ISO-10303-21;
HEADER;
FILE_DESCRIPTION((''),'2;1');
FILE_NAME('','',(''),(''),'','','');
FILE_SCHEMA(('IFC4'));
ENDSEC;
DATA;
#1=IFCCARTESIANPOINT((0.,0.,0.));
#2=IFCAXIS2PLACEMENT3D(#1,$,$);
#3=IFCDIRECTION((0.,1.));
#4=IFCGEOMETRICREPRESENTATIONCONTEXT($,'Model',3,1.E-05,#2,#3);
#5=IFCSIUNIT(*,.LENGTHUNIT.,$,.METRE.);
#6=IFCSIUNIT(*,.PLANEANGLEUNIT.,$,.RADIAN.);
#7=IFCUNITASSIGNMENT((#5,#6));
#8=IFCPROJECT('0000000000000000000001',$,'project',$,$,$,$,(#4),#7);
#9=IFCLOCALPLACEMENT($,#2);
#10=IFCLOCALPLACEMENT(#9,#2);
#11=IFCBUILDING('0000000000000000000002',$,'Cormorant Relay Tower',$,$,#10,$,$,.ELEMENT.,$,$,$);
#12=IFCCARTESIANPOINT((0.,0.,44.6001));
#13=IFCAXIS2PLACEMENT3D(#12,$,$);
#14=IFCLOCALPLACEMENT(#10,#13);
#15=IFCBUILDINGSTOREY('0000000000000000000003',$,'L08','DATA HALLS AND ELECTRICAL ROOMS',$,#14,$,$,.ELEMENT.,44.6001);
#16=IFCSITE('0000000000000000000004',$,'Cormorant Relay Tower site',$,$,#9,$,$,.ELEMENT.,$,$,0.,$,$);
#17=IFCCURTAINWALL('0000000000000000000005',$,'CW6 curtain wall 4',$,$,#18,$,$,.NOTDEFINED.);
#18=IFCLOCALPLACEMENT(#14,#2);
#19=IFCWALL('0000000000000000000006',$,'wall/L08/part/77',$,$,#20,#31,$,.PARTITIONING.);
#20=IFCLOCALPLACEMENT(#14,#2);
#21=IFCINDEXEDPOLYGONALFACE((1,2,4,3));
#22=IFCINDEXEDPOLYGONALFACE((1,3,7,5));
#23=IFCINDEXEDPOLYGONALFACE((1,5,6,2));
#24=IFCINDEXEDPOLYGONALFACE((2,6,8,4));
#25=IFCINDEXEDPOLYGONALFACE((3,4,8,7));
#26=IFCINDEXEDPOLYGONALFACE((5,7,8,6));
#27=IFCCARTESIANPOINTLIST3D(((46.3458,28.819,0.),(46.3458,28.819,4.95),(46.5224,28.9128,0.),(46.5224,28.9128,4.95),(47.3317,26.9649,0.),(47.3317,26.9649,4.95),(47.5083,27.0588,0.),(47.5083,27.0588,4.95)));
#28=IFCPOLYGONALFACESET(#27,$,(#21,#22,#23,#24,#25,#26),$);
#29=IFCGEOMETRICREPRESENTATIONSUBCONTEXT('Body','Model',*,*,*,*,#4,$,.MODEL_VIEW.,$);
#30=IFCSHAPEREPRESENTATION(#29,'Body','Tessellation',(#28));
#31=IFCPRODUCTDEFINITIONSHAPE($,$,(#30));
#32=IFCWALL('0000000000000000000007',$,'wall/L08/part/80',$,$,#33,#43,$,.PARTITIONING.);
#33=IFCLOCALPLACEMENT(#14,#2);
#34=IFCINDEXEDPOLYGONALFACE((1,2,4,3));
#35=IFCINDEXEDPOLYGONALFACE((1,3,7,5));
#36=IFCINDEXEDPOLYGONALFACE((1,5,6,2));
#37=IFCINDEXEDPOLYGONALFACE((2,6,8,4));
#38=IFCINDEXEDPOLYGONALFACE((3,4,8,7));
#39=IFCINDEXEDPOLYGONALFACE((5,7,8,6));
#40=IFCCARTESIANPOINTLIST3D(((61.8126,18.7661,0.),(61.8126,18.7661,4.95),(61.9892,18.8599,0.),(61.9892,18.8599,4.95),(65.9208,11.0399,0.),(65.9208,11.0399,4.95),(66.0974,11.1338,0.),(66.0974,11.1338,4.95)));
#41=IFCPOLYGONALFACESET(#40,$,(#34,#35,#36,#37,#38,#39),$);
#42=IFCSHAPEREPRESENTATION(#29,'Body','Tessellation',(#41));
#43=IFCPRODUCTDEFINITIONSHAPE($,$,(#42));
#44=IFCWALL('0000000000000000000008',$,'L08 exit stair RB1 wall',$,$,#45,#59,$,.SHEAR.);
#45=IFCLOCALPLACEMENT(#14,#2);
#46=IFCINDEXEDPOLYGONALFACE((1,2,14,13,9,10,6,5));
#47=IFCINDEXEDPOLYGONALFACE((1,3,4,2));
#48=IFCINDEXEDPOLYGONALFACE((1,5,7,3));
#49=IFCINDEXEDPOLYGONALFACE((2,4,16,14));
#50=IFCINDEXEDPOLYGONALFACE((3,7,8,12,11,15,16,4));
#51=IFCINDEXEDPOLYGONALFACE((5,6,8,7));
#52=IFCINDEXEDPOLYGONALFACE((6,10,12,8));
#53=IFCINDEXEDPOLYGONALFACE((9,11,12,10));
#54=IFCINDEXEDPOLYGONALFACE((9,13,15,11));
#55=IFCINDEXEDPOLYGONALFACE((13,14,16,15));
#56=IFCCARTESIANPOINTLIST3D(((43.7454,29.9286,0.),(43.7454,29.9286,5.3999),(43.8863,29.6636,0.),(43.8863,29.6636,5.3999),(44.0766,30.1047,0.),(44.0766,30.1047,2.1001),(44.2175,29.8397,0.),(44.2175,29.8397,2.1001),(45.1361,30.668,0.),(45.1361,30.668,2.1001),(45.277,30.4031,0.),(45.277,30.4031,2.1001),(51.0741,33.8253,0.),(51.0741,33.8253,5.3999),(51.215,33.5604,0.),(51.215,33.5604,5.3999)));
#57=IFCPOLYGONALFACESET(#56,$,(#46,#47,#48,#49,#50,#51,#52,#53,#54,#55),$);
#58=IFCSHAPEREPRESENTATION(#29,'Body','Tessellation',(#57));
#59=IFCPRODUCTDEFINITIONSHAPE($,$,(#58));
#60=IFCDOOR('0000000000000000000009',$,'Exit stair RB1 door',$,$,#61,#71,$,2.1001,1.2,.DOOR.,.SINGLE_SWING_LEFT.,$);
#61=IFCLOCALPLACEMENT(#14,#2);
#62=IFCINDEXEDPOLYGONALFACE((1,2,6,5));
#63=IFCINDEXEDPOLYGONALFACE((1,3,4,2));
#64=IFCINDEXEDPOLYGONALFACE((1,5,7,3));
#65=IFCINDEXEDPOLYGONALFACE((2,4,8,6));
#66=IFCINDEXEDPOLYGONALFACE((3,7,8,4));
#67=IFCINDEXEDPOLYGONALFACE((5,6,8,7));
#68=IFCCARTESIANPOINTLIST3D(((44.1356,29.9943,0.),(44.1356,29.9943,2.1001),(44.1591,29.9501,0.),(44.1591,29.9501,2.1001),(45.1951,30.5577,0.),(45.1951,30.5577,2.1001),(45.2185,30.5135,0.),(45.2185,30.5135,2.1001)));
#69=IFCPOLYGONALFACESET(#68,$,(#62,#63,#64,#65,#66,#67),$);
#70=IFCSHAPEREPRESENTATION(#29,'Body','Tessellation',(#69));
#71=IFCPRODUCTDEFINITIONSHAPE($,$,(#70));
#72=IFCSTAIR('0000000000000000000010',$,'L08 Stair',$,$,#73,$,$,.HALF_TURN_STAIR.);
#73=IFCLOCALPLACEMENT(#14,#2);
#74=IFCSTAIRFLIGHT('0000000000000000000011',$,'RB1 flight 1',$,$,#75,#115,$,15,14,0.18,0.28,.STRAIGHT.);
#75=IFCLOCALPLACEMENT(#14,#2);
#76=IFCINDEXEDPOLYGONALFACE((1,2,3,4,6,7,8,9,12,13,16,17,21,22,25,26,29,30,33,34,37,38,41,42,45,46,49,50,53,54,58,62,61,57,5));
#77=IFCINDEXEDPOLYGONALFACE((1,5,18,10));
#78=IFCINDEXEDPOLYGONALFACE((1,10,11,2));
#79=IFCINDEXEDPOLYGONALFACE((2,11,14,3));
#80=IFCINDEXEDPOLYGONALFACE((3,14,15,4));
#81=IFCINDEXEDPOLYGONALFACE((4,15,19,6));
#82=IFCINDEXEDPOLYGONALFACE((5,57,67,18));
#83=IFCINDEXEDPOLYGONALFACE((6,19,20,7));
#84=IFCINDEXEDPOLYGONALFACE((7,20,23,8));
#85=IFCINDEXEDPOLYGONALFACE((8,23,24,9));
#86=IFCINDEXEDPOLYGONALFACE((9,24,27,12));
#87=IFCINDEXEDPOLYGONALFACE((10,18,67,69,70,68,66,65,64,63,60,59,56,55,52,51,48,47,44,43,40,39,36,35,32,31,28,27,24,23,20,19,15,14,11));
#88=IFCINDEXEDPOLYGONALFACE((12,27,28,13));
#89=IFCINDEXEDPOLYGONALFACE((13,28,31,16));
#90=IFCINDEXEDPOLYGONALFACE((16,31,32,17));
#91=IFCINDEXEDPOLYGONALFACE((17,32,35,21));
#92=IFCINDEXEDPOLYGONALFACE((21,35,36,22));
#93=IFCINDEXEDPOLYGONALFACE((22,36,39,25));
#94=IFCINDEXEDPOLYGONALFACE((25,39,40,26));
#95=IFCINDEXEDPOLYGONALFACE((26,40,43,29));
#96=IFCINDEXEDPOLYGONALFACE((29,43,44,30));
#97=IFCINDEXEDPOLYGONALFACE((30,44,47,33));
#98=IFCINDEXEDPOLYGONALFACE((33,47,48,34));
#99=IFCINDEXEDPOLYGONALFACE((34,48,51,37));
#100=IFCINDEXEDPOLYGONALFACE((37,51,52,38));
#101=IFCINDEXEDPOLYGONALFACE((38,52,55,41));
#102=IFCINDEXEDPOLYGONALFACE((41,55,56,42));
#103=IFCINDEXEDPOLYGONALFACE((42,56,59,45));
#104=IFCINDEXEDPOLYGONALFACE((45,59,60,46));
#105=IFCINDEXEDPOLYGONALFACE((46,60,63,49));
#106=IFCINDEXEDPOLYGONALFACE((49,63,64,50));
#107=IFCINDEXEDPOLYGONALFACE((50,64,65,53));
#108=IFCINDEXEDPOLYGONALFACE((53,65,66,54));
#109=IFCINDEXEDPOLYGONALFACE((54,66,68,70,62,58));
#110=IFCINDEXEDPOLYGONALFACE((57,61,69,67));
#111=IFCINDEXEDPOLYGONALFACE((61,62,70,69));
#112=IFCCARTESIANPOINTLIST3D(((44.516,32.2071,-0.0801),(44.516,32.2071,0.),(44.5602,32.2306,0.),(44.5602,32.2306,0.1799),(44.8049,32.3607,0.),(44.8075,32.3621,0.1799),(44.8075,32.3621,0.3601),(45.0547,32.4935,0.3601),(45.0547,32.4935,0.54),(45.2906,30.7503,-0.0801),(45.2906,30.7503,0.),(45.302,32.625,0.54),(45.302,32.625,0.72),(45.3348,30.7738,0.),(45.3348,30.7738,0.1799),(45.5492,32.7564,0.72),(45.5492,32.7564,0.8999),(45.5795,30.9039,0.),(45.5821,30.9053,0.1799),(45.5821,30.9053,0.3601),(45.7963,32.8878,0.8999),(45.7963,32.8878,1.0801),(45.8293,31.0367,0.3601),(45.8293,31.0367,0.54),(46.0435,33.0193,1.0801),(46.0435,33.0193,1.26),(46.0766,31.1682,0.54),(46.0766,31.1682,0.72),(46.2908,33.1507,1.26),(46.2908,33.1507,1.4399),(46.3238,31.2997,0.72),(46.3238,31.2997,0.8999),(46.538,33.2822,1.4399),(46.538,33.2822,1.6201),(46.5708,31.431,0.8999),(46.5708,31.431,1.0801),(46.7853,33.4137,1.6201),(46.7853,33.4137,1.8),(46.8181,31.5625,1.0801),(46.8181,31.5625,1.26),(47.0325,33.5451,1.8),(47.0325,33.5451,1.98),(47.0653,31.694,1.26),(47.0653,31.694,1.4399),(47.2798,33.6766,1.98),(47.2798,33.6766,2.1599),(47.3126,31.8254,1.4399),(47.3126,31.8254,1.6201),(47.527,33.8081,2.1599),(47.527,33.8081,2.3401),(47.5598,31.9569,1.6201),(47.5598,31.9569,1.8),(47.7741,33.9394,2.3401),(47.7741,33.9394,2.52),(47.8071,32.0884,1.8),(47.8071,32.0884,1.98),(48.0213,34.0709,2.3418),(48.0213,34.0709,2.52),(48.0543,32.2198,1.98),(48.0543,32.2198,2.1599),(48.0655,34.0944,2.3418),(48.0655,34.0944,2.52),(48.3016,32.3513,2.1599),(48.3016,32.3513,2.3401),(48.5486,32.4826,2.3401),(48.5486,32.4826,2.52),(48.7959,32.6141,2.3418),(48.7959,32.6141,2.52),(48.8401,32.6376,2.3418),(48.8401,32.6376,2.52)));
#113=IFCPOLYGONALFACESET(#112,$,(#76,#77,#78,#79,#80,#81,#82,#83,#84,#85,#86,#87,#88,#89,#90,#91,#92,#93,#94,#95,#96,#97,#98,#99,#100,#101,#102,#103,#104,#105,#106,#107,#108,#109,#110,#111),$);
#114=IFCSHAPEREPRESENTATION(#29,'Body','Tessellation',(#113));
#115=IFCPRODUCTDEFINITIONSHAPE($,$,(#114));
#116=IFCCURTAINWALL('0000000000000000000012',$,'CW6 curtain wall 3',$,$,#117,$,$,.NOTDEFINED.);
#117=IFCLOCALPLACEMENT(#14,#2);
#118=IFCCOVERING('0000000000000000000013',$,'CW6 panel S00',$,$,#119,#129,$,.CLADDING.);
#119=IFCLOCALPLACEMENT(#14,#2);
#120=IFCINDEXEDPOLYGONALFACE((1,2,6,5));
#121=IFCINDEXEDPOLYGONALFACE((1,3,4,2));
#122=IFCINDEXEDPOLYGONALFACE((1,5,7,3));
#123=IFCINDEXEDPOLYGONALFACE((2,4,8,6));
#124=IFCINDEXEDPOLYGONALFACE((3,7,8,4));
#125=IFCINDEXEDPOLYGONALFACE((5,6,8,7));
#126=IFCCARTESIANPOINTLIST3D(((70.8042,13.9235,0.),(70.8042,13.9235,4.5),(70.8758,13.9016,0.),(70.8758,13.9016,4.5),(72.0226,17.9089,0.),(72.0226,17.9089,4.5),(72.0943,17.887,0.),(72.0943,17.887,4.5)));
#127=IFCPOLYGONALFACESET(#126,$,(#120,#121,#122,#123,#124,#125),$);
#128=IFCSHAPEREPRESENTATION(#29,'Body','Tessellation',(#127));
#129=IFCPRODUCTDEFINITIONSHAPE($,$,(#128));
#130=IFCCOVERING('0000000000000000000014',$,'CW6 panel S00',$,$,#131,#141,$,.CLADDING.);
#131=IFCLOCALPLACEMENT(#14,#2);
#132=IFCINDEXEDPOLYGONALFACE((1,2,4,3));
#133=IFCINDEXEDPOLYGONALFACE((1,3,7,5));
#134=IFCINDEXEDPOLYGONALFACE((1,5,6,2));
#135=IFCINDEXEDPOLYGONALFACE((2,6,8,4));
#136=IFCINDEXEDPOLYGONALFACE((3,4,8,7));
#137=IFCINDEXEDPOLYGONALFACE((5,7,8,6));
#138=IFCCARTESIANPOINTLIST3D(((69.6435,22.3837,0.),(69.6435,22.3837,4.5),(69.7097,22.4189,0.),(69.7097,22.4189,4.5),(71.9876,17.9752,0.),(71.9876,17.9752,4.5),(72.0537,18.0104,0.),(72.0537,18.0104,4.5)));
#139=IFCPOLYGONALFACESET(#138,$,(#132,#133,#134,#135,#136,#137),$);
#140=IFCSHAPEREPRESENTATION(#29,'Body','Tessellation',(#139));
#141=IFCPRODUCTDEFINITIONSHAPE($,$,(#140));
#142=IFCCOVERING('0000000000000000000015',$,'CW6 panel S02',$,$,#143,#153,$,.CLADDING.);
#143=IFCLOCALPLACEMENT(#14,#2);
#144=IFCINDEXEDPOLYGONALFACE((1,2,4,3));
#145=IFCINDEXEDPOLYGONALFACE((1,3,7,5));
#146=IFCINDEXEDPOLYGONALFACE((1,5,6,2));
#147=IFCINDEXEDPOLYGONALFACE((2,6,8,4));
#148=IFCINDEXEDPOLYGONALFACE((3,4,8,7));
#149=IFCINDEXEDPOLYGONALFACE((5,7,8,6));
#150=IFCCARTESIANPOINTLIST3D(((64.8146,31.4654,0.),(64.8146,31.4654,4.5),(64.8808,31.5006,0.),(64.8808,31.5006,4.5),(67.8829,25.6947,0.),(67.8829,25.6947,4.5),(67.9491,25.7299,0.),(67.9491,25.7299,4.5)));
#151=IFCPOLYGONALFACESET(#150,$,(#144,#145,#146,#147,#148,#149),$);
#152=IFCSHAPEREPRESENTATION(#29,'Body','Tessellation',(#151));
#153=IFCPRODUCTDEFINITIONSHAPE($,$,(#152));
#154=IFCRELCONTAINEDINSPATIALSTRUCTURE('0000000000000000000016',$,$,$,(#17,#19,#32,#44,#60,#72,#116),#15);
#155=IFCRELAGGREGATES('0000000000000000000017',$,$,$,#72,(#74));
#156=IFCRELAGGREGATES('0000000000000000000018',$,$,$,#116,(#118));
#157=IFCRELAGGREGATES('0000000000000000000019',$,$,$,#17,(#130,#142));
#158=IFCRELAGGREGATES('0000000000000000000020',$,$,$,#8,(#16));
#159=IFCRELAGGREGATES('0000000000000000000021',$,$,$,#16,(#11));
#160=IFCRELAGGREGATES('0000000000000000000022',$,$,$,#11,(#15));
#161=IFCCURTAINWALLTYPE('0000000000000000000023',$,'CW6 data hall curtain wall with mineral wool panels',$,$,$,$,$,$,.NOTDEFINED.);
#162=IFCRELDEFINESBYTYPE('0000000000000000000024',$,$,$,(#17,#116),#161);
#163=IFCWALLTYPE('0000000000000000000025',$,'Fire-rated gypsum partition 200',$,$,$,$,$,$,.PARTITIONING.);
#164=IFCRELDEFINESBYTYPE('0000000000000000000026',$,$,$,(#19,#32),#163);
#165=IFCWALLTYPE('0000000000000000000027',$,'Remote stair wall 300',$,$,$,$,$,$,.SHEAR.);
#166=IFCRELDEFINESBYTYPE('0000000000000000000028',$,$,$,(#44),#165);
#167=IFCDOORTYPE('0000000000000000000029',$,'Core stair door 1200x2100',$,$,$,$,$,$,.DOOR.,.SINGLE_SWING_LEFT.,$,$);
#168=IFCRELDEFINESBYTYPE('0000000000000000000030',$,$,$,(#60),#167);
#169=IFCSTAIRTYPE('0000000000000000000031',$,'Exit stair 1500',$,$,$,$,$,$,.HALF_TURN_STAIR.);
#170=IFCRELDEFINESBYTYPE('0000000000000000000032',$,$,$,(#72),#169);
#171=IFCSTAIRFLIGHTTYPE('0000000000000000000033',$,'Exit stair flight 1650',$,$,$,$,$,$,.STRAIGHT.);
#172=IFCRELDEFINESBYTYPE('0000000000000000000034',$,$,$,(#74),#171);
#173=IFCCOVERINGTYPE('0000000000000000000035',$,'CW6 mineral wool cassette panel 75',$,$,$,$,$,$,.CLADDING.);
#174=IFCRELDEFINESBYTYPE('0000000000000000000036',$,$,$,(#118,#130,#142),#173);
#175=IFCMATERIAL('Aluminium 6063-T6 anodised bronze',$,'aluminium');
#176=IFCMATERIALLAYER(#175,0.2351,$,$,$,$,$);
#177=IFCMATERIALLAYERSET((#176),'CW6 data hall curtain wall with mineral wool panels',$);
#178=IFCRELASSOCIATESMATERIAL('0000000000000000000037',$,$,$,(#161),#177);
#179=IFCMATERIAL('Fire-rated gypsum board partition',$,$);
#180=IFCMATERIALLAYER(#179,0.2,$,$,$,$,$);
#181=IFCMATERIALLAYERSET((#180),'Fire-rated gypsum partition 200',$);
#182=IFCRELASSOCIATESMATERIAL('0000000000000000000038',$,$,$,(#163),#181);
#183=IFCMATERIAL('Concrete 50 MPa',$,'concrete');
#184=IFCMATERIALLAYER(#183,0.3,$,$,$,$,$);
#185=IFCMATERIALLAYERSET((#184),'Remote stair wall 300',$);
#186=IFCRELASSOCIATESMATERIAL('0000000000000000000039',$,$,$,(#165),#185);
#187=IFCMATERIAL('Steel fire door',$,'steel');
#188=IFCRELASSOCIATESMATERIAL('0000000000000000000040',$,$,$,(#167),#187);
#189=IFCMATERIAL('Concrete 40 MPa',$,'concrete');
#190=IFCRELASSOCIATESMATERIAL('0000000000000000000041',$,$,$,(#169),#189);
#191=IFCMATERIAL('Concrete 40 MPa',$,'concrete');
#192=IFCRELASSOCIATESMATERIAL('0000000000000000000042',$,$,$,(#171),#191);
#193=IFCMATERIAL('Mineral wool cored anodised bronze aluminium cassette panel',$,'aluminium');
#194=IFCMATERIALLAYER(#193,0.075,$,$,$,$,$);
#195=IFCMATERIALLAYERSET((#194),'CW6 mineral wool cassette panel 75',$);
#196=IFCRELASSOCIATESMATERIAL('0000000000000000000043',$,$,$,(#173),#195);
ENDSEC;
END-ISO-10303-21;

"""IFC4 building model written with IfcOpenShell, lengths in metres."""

from ifc_helpers import new_model, si_unit, direction, frame, frame_2d, origin, origin_2d, place, context, subcontext, project, spatial, polyline, rectangle, outline, extrude, material, layer, layer_set, type_object, element, fill, aggregate, save


model = new_model("IFC4")

# Units and contexts
model_context = context("Model", 3, precision=1e-05, world=origin(), true_north=direction((0.0, 1.0)))
body_context = subcontext(model_context, "Body", "Model", "MODEL_VIEW")
ifc_project = project(units=[si_unit("LENGTHUNIT", "METRE"), si_unit("PLANEANGLEUNIT", "RADIAN")], contexts=[model_context])

# Site, building, storey
site_placement = place(None, origin())
site = spatial("IfcSite", under=ifc_project, at=site_placement, Name="Cormorant Relay Tower site", CompositionType="ELEMENT", RefElevation=0.0)
building_placement = place(site_placement, origin())
building = spatial("IfcBuilding", under=site, at=building_placement, Name="Cormorant Relay Tower", CompositionType="ELEMENT")
storey_placement = place(building_placement, frame((0.0, 0.0, 44.6001)))
storey = spatial("IfcBuildingStorey", under=building, at=storey_placement, Name="L08", Description="DATA HALLS AND ELECTRICAL ROOMS", CompositionType="ELEMENT", Elevation=44.6001)

# Curtain wall
ifc_material_1 = material(Name="Aluminium 6063-T6 anodised bronze", Category="aluminium")
ifc_layer_1 = layer(ifc_material_1, 0.2351)
ifc_layer_set_1 = layer_set([ifc_layer_1], Name="CW6 data hall curtain wall with mineral wool panels")
curtain_wall_type = type_object("IfcCurtainWallType", Name="CW6 data hall curtain wall with mineral wool panels", PredefinedType="NOTDEFINED", material=ifc_layer_set_1)
curtain_wall_1_placement = place(storey_placement, origin())
curtain_wall_1 = element("IfcCurtainWall", 1, at=curtain_wall_1_placement, inside=storey, type_object=curtain_wall_type, Name="CW6 curtain wall 4", PredefinedType="NOTDEFINED")

# Walls
ifc_material_2 = material(Name="Fire-rated gypsum board partition")
ifc_layer_2 = layer(ifc_material_2, 0.2)
ifc_layer_set_2 = layer_set([ifc_layer_2], Name="Fire-rated gypsum partition 200")
wall_type_1 = type_object("IfcWallType", Name="Fire-rated gypsum partition 200", PredefinedType="PARTITIONING", material=ifc_layer_set_2)
wall_1_placement = place(storey_placement, frame((47.4199, 27.012, 0.0), z_axis=(0.0, 0.0, 1.0), x_axis=(-0.46949, 0.882938, 0.0)))
element("IfcWall", 2, at=wall_1_placement, inside=storey, type_object=wall_type_1, Name="wall/L08/part/77", PredefinedType="PARTITIONING", context=body_context, shape_type="SweptSolid", body=[
    extrude(rectangle(XDim=2.0999, YDim=0.2, at=frame_2d((1.0498, 0.0))), origin(), (0.0, 0.0, 1.0), 4.95),
])
wall_2_placement = place(storey_placement, frame((61.9009, 18.813, 0.0), z_axis=(0.0, 0.0, 1.0), x_axis=(0.469483, -0.882942, 0.0)))
element("IfcWall", 3, at=wall_2_placement, inside=storey, type_object=wall_type_1, Name="wall/L08/part/80", PredefinedType="PARTITIONING", context=body_context, shape_type="SweptSolid", body=[
    extrude(rectangle(XDim=8.7505, YDim=0.2, at=frame_2d((4.3752, 0.0))), origin(), (0.0, 0.0, 1.0), 4.95),
])

# Wall, opening, door
ifc_material_3 = material(Name="Concrete 50 MPa", Category="concrete")
ifc_layer_3 = layer(ifc_material_3, 0.3)
ifc_layer_set_3 = layer_set([ifc_layer_3], Name="Remote stair wall 300")
wall_type_2 = type_object("IfcWallType", Name="Remote stair wall 300", PredefinedType="SHEAR", material=ifc_layer_set_3)
wall_3_placement = place(storey_placement, frame((51.1445, 33.6929, 0.0), z_axis=(0.0, 0.0, 1.0), x_axis=(-0.882946, -0.469475, 0.0)))
wall_3 = element("IfcWall", 4, at=wall_3_placement, inside=storey, type_object=wall_type_2, Name="L08 exit stair RB1 wall", PredefinedType="SHEAR", context=body_context, shape_type="SweptSolid", body=[
    extrude(rectangle(XDim=8.3003, YDim=0.3, at=frame_2d((4.1501, 0.0))), origin(), (0.0, 0.0, 1.0), 5.3999),
])
opening_placement = place(wall_3_placement, frame((6.7251, 0.0, 0.0)))
opening = element("IfcOpeningElement", 5, at=opening_placement, cuts=wall_3, PredefinedType="OPENING", context=body_context, shape_type="SweptSolid", body=[
    extrude(rectangle(XDim=1.2, YDim=2.1001, at=frame_2d((0.6001, 1.05))), frame((0.0, 0.1599, 0.0), z_axis=(0.0, -1.0, 0.0), x_axis=(1.0, 0.0, 0.0)), (0.0, 0.0, 1.0), 0.3201),
])
ifc_material_4 = material(Name="Steel fire door", Category="steel")
door_type = type_object("IfcDoorType", Name="Core stair door 1200x2100", OperationType="SINGLE_SWING_LEFT", PredefinedType="DOOR", material=ifc_material_4)
door_placement = place(opening_placement, frame((1.2, 0.0, 0.0), z_axis=(0.0, 0.0, 1.0), x_axis=(-1.0, 0.0, 0.0)))
door = element("IfcDoor", 6, at=door_placement, inside=storey, type_object=door_type, Name="Exit stair RB1 door", OperationType="SINGLE_SWING_LEFT", OverallHeight=2.1001, OverallWidth=1.2, PredefinedType="DOOR", context=body_context, shape_type="SweptSolid", body=[
    extrude(rectangle(XDim=1.2, YDim=2.1001, at=frame_2d((0.6001, 1.05))), frame((0.0, 0.0249, 0.0), z_axis=(0.0, -1.0, 0.0), x_axis=(1.0, 0.0, 0.0)), (0.0, 0.0, 1.0), 0.05),
])
fill(opening, door)

# Stair, stair flight
ifc_material_5 = material(Name="Concrete 40 MPa", Category="concrete")
stair_type = type_object("IfcStairType", Name="Exit stair 1500", PredefinedType="HALF_TURN_STAIR", material=ifc_material_5)
stair_placement = place(storey_placement, origin())
stair = element("IfcStair", 7, at=stair_placement, inside=storey, type_object=stair_type, Name="L08 Stair", PredefinedType="HALF_TURN_STAIR")
ifc_material_6 = material(Name="Concrete 40 MPa", Category="concrete")
stair_flight_type = type_object("IfcStairFlightType", Name="Exit stair flight 1650", PredefinedType="STRAIGHT", material=ifc_material_6)
stair_flight_placement = place(storey_placement, frame((44.9475, 31.5022, 0.0), z_axis=(0.0, 0.0, 1.0), x_axis=(0.882948, 0.469472, 0.0)))
stair_flight = element("IfcStairFlight", 8, at=stair_flight_placement, type_object=stair_flight_type, Name="RB1 flight 1", NumberOfRisers=15, NumberOfTreads=14, PredefinedType="STRAIGHT", RiserHeight=0.18, TreadLength=0.28, context=body_context, shape_type="SweptSolid", body=[
    extrude(outline(polyline([(-0.05, -0.0801), (-0.05, 0.0), (0.0, 0.0), (0.0, 0.1799), (0.28, 0.1799), (0.28, 0.3601), (0.5601, 0.3601), (0.5601, 0.54), (0.8401, 0.54), (0.8401, 0.72), (1.1201, 0.72), (1.1201, 0.8999), (1.3999, 0.8999), (1.3999, 1.0801), (1.6799, 1.0801), (1.6799, 1.26), (1.96, 1.26), (1.96, 1.4399), (2.24, 1.4399), (2.24, 1.6201), (2.52, 1.6201), (2.52, 1.8), (2.8, 1.8), (2.8, 1.98), (3.0801, 1.98), (3.0801, 2.1599), (3.3601, 2.1599), (3.3601, 2.3401), (3.6399, 2.3401), (3.6399, 2.52), (3.9199, 2.52), (3.97, 2.52), (3.97, 2.3418), (3.9199, 2.3418), (0.2771, 0.0), (-0.05, -0.0801)])), frame((0.0, 0.825, 0.0), z_axis=(0.0, -1.0, 0.0), x_axis=(1.0, 0.0, 0.0)), (0.0, 0.0, 1.0), 1.6499),
])
aggregate(stair, [stair_flight])

# Curtain wall, covering
curtain_wall_2_placement = place(storey_placement, origin())
curtain_wall_2 = element("IfcCurtainWall", 9, at=curtain_wall_2_placement, inside=storey, type_object=curtain_wall_type, Name="CW6 curtain wall 3", PredefinedType="NOTDEFINED")
ifc_material_7 = material(Name="Mineral wool cored anodised bronze aluminium cassette panel", Category="aluminium")
ifc_layer_4 = layer(ifc_material_7, 0.075)
ifc_layer_set_4 = layer_set([ifc_layer_4], Name="CW6 mineral wool cassette panel 75")
covering_type = type_object("IfcCoveringType", Name="CW6 mineral wool cassette panel 75", PredefinedType="CLADDING", material=ifc_layer_set_4)
covering_1_placement = place(storey_placement, frame((71.4492, 15.9053, 0.0), z_axis=(0.0, 0.0, 1.0), x_axis=(0.292372, 0.956305, 0.0)))
covering_1 = element("IfcCovering", 10, at=covering_1_placement, type_object=covering_type, Name="CW6 panel S00", PredefinedType="CLADDING", context=body_context, shape_type="SweptSolid", body=[
    extrude(rectangle(XDim=4.1675, YDim=0.075, at=origin_2d()), origin(), (0.0, 0.0, 1.0), 4.5),
])
aggregate(curtain_wall_2, [covering_1])

# Coverings
covering_2_placement = place(storey_placement, frame((70.8486, 20.197, 0.0), z_axis=(0.0, 0.0, 1.0), x_axis=(-0.469472, 0.882948, 0.0)))
covering_2 = element("IfcCovering", 11, at=covering_2_placement, type_object=covering_type, Name="CW6 panel S00", PredefinedType="CLADDING", context=body_context, shape_type="SweptSolid", body=[
    extrude(rectangle(XDim=4.9929, YDim=0.075, at=origin_2d()), origin(), (0.0, 0.0, 1.0), 4.5),
])
covering_3_placement = place(storey_placement, frame((66.3818, 28.5977, 0.0), z_axis=(0.0, 0.0, 1.0), x_axis=(-0.469472, 0.882948, 0.0)))
covering_3 = element("IfcCovering", 12, at=covering_3_placement, type_object=covering_type, Name="CW6 panel S02", PredefinedType="CLADDING", context=body_context, shape_type="SweptSolid", body=[
    extrude(rectangle(XDim=6.5356, YDim=0.075, at=origin_2d()), origin(), (0.0, 0.0, 1.0), 4.5),
])
aggregate(curtain_wall_1, [covering_2, covering_3])

save(model, "model.ifc")
